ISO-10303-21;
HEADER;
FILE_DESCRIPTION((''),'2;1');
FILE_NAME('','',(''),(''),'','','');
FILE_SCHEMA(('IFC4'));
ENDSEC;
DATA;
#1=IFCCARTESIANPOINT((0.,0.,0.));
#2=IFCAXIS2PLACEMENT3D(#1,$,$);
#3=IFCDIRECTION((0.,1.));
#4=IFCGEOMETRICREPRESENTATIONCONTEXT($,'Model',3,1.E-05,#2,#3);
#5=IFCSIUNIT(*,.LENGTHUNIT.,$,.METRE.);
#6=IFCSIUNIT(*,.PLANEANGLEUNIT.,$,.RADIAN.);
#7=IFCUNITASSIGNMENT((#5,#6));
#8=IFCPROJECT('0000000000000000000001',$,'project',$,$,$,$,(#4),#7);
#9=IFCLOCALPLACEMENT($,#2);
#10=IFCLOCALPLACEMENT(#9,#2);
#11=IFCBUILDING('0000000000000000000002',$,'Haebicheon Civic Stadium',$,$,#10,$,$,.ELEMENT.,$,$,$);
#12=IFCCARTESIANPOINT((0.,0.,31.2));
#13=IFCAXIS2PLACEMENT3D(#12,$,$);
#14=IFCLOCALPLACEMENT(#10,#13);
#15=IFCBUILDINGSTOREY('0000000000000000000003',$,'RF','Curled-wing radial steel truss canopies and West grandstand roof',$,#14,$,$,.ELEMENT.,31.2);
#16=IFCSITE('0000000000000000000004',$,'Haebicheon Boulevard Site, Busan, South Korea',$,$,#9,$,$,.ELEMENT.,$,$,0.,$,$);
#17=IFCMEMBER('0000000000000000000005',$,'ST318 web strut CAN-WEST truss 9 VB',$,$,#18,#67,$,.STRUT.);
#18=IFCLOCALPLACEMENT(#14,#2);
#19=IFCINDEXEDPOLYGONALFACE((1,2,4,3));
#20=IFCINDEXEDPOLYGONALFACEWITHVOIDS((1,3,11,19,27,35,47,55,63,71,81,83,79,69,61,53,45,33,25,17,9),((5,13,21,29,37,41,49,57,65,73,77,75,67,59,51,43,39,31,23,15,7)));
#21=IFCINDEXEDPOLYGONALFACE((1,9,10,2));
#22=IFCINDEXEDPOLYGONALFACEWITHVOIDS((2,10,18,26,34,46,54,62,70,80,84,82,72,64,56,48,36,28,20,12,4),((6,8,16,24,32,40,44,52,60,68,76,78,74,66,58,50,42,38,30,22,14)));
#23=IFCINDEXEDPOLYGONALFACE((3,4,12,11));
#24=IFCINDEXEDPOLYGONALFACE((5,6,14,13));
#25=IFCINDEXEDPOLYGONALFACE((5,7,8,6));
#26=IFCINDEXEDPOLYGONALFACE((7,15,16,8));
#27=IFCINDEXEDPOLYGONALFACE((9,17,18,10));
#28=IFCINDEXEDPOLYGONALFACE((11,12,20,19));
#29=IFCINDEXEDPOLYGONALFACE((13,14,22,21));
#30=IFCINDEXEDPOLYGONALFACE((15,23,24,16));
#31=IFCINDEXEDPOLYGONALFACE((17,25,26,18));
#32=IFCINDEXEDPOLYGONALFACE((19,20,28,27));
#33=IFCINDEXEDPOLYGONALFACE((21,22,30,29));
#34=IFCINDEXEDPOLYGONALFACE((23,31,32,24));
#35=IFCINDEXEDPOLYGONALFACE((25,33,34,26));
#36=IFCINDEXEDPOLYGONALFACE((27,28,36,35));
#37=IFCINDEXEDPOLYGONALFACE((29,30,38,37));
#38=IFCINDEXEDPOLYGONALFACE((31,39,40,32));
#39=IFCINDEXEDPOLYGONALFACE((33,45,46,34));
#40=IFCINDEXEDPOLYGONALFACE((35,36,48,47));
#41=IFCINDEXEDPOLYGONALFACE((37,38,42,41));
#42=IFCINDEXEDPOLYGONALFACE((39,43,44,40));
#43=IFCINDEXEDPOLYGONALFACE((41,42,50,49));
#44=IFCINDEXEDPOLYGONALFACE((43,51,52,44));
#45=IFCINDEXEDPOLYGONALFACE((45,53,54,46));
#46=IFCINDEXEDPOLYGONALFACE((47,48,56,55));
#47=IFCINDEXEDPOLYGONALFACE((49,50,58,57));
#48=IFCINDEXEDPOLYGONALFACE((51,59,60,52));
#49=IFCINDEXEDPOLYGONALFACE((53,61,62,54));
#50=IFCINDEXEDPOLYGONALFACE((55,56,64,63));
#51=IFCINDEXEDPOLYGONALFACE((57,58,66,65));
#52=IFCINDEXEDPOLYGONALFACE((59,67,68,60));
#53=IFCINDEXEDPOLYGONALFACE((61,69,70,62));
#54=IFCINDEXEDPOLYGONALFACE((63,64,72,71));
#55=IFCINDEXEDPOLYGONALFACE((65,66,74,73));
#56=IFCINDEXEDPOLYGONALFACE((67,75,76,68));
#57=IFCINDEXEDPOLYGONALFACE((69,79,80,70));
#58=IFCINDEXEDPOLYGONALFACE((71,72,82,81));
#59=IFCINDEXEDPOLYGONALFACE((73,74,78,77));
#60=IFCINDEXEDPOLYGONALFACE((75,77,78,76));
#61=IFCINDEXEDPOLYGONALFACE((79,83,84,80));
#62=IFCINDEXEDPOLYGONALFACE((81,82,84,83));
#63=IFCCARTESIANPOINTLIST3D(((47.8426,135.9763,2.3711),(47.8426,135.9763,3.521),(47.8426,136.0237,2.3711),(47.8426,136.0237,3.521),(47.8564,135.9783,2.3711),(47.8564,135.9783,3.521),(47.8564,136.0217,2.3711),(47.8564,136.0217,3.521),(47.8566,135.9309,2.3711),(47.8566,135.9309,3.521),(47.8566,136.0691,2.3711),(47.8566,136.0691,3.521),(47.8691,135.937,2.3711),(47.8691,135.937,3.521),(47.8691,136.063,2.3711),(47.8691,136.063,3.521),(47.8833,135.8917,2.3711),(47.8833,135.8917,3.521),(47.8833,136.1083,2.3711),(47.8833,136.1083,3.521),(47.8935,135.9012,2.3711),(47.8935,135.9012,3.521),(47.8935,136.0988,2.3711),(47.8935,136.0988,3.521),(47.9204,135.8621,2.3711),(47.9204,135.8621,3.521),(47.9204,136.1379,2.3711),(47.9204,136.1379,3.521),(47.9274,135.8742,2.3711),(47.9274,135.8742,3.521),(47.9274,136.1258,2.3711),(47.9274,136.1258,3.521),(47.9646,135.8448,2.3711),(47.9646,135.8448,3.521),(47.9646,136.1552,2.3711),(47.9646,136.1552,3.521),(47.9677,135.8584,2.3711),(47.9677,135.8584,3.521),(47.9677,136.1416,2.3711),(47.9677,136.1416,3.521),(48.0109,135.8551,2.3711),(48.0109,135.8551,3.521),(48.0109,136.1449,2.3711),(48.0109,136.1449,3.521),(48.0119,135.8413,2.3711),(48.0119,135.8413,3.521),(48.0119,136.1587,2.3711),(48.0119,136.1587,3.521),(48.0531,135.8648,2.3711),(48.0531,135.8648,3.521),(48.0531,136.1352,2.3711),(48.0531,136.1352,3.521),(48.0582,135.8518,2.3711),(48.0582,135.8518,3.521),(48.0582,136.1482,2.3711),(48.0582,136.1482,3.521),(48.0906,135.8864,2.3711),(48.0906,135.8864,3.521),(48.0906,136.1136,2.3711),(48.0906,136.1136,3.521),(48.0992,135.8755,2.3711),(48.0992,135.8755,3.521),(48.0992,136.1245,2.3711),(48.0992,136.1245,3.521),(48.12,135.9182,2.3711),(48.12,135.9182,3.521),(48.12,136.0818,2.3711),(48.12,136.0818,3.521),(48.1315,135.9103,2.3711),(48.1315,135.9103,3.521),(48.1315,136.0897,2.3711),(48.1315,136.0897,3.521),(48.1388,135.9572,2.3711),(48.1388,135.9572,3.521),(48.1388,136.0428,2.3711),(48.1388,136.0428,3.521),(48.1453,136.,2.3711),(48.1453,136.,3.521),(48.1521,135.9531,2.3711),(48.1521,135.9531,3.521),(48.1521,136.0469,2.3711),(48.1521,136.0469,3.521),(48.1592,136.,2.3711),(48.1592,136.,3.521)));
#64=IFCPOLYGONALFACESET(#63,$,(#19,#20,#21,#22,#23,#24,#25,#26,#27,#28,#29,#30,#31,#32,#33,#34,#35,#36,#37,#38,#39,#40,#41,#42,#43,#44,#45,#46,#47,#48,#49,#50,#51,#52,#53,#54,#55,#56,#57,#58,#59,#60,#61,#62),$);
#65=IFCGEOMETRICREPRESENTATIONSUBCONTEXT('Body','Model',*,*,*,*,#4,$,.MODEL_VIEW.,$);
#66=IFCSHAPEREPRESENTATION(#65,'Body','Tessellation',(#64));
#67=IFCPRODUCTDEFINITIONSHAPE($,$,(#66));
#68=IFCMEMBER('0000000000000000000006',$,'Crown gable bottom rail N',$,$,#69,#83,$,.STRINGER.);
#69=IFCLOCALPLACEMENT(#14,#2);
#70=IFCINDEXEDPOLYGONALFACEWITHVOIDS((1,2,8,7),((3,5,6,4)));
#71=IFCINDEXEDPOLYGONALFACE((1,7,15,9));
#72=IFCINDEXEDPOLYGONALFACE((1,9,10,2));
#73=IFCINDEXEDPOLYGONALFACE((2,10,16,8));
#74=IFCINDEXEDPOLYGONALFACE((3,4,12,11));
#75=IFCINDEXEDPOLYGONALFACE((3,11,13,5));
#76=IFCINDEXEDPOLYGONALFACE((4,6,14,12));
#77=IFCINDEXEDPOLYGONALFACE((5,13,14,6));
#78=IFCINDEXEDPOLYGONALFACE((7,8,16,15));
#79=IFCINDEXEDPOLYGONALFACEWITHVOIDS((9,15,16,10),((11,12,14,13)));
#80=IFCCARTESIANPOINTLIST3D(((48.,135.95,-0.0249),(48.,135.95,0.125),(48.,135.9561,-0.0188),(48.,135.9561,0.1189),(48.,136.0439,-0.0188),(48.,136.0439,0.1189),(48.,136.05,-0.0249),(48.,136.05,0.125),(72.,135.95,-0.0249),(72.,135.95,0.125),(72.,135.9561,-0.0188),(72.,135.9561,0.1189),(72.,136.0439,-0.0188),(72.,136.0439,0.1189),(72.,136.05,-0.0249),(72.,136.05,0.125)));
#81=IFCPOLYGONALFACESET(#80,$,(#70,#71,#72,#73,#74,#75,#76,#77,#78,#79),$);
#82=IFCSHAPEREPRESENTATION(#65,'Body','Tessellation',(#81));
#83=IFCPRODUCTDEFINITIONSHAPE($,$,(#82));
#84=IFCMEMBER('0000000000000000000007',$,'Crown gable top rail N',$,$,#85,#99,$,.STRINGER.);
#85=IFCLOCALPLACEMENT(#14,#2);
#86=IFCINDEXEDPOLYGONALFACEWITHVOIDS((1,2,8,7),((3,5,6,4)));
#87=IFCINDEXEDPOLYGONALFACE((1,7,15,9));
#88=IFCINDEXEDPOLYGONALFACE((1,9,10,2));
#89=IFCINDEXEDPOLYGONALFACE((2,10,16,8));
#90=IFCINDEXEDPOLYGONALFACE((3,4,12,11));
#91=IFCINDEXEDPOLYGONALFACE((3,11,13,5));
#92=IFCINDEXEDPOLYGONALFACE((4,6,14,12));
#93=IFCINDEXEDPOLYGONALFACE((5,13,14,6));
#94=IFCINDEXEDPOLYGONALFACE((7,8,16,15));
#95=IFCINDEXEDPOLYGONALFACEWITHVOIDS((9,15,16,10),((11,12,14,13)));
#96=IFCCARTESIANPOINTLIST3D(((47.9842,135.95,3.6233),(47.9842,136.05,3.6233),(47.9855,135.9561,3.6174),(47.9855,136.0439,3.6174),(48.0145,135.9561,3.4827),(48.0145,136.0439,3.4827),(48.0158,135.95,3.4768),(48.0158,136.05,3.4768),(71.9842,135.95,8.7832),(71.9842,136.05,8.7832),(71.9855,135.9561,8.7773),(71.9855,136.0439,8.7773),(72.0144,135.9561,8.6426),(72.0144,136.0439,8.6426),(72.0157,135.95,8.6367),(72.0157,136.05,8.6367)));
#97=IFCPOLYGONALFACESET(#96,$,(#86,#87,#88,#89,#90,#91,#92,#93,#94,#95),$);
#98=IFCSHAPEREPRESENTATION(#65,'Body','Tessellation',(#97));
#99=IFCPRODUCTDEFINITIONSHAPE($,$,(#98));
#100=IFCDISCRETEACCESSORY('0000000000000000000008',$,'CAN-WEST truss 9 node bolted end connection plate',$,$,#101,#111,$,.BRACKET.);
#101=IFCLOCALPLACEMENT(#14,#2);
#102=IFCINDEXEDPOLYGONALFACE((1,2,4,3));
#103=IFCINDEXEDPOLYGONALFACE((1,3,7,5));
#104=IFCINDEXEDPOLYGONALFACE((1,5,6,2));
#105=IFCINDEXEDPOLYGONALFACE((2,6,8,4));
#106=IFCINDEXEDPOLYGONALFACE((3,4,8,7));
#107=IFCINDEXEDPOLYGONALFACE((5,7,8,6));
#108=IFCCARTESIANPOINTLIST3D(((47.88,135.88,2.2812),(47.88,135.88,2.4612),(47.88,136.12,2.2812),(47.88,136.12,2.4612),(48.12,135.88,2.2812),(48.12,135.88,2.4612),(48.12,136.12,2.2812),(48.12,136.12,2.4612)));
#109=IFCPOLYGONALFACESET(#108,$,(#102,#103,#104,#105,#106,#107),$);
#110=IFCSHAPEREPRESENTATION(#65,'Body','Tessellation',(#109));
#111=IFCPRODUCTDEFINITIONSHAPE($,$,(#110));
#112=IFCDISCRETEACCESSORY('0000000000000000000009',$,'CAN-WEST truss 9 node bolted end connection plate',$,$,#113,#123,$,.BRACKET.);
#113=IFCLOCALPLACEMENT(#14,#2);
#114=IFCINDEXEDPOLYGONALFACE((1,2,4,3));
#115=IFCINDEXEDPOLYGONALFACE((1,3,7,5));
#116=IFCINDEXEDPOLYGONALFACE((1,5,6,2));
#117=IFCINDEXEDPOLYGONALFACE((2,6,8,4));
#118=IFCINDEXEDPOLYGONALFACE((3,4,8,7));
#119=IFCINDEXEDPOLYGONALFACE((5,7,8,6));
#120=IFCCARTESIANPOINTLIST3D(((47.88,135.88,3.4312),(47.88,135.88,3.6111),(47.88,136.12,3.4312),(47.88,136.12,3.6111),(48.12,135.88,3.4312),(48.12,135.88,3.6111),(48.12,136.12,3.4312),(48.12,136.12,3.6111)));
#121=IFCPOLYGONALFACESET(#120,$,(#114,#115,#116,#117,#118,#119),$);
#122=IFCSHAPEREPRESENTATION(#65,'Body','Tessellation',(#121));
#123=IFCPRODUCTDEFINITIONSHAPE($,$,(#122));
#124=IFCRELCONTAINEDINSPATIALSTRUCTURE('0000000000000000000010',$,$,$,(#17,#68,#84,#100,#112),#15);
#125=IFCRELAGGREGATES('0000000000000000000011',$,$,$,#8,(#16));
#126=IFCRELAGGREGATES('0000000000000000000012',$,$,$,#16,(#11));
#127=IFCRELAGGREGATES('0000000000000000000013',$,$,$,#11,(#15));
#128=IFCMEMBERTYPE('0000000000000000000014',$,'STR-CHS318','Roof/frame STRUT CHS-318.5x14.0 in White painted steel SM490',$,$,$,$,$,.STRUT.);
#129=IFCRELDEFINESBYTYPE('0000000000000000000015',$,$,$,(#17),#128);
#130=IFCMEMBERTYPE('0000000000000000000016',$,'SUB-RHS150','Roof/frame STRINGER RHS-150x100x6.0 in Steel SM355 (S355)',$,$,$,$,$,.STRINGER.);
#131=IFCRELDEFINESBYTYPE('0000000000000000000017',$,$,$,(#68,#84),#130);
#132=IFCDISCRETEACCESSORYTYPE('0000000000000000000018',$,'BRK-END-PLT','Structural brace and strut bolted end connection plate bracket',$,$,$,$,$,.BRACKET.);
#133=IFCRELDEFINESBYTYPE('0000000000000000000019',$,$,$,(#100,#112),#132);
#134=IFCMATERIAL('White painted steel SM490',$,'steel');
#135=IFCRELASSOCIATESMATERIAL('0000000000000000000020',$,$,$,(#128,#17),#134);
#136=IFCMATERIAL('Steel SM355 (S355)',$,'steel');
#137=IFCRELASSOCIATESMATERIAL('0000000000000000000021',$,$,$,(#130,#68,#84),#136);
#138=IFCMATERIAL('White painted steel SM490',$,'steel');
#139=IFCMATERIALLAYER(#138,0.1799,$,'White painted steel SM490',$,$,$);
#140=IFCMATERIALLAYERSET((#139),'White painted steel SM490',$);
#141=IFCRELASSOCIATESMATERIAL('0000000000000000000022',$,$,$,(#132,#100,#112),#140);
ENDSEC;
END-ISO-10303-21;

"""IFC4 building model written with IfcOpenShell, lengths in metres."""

from ifc_helpers import new_model, si_unit, direction, frame, origin, origin_2d, place, context, subcontext, project, spatial, rectangle, hollow_rectangle, hollow_circle, extrude, material, layer, layer_set, material_profile, profile_set, type_object, element, save


model = new_model("IFC4")

# Units and contexts
model_context = context("Model", 3, precision=1e-05, world=origin(), true_north=direction((0.0, 1.0)))
body_context = subcontext(model_context, "Body", "Model", "MODEL_VIEW")
ifc_project = project(units=[si_unit("LENGTHUNIT", "METRE"), si_unit("PLANEANGLEUNIT", "RADIAN")], contexts=[model_context])

# Site, building, storey
site_placement = place(None, origin())
site = spatial("IfcSite", under=ifc_project, at=site_placement, Name="Haebicheon Boulevard Site, Busan, South Korea", CompositionType="ELEMENT", RefElevation=0.0)
building_placement = place(site_placement, origin())
building = spatial("IfcBuilding", under=site, at=building_placement, Name="Haebicheon Civic Stadium", CompositionType="ELEMENT")
storey_placement = place(building_placement, frame((0.0, 0.0, 31.2)))
storey = spatial("IfcBuildingStorey", under=building, at=storey_placement, Name="RF", Description="Curled-wing radial steel truss canopies and West grandstand roof", CompositionType="ELEMENT", Elevation=31.2)

# Members
ifc_material_1 = material(Name="White painted steel SM490", Category="steel")
ifc_material_profile_1 = material_profile(ifc_material_1, hollow_circle(Radius=0.1592, WallThickness=0.0139, at=origin_2d()), Name="CHS-318.5x14.0")
ifc_profile_set_1 = profile_set([ifc_material_profile_1], Name="White painted steel SM490")
member_type_1 = type_object("IfcMemberType", Name="STR-CHS318", Description="Roof/frame STRUT CHS-318.5x14.0 in White painted steel SM490", PredefinedType="STRUT", material=ifc_profile_set_1)
member_1_placement = place(storey_placement, frame((48.0, 136.0, 2.3711), z_axis=(0.0, 0.0, 1.0), x_axis=(1.0, 0.0, 0.0)))
element("IfcMember", 1, at=member_1_placement, inside=storey, type_object=member_type_1, material=ifc_profile_set_1, Name="ST318 web strut CAN-WEST truss 9 VB", PredefinedType="STRUT", context=body_context, shape_type="SweptSolid", body=[
    extrude(hollow_circle(Radius=0.1592, WallThickness=0.0139, at=origin_2d()), origin(), (0.0, 0.0, 1.0), 1.1499),
])
ifc_material_2 = material(Name="Steel SM355 (S355)", Category="steel")
ifc_material_profile_2 = material_profile(ifc_material_2, hollow_rectangle(XDim=0.1001, YDim=0.1499, WallThickness=0.0061, at=origin_2d()), Name="RHS-150x100x6.0")
ifc_profile_set_2 = profile_set([ifc_material_profile_2], Name="Steel SM355 (S355)")
member_type_2 = type_object("IfcMemberType", Name="SUB-RHS150", Description="Roof/frame STRINGER RHS-150x100x6.0 in Steel SM355 (S355)", PredefinedType="STRINGER", material=ifc_profile_set_2)
member_2_placement = place(storey_placement, frame((48.0, 136.0, 0.05), z_axis=(1.0, 0.0, 0.0), x_axis=(0.0, 1.0, 0.0)))
element("IfcMember", 2, at=member_2_placement, inside=storey, type_object=member_type_2, material=ifc_profile_set_2, Name="Crown gable bottom rail N", PredefinedType="STRINGER", context=body_context, shape_type="SweptSolid", body=[
    extrude(hollow_rectangle(XDim=0.1001, YDim=0.1499, WallThickness=0.0061, at=origin_2d()), origin(), (0.0, 0.0, 1.0), 24.0),
])
member_3_placement = place(storey_placement, frame((48.0, 136.0, 3.55), z_axis=(0.97766, 0.0, 0.210193), x_axis=(0.0, 1.0, 0.0)))
element("IfcMember", 3, at=member_3_placement, inside=storey, type_object=member_type_2, material=ifc_profile_set_2, Name="Crown gable top rail N", PredefinedType="STRINGER", context=body_context, shape_type="SweptSolid", body=[
    extrude(hollow_rectangle(XDim=0.1001, YDim=0.1499, WallThickness=0.0061, at=origin_2d()), origin(), (0.0, 0.0, 1.0), 24.5483),
])

# Discrete accessories
ifc_material_3 = material(Name="White painted steel SM490", Category="steel")
ifc_layer = layer(ifc_material_3, 0.1799, Name="White painted steel SM490")
ifc_layer_set = layer_set([ifc_layer], Name="White painted steel SM490")
discrete_accessory_type = type_object("IfcDiscreteAccessoryType", Name="BRK-END-PLT", Description="Structural brace and strut bolted end connection plate bracket", PredefinedType="BRACKET", material=ifc_layer_set)
for number, where, z_axis, x_axis, name in (
    (4, (48.0, 136.0, 2.2812), (0.0, 0.0, 1.0), (1.0, 0.0, 0.0), "CAN-WEST truss 9 node bolted end connection plate"),
    (5, (48.0, 136.0, 3.4312), (0.0, 0.0, 1.0), (1.0, 0.0, 0.0), "CAN-WEST truss 9 node bolted end connection plate"),
):
    element("IfcDiscreteAccessory", number, at=place(storey_placement, frame(where, z_axis=z_axis, x_axis=x_axis)), inside=storey, type_object=discrete_accessory_type, material=ifc_layer_set, Name=name, PredefinedType="BRACKET", context=body_context, shape_type="SweptSolid", body=[
        extrude(rectangle(XDim=0.24, YDim=0.24, at=origin_2d()), origin(), (0.0, 0.0, 1.0), 0.1799),
    ])

save(model, "model.ifc")
